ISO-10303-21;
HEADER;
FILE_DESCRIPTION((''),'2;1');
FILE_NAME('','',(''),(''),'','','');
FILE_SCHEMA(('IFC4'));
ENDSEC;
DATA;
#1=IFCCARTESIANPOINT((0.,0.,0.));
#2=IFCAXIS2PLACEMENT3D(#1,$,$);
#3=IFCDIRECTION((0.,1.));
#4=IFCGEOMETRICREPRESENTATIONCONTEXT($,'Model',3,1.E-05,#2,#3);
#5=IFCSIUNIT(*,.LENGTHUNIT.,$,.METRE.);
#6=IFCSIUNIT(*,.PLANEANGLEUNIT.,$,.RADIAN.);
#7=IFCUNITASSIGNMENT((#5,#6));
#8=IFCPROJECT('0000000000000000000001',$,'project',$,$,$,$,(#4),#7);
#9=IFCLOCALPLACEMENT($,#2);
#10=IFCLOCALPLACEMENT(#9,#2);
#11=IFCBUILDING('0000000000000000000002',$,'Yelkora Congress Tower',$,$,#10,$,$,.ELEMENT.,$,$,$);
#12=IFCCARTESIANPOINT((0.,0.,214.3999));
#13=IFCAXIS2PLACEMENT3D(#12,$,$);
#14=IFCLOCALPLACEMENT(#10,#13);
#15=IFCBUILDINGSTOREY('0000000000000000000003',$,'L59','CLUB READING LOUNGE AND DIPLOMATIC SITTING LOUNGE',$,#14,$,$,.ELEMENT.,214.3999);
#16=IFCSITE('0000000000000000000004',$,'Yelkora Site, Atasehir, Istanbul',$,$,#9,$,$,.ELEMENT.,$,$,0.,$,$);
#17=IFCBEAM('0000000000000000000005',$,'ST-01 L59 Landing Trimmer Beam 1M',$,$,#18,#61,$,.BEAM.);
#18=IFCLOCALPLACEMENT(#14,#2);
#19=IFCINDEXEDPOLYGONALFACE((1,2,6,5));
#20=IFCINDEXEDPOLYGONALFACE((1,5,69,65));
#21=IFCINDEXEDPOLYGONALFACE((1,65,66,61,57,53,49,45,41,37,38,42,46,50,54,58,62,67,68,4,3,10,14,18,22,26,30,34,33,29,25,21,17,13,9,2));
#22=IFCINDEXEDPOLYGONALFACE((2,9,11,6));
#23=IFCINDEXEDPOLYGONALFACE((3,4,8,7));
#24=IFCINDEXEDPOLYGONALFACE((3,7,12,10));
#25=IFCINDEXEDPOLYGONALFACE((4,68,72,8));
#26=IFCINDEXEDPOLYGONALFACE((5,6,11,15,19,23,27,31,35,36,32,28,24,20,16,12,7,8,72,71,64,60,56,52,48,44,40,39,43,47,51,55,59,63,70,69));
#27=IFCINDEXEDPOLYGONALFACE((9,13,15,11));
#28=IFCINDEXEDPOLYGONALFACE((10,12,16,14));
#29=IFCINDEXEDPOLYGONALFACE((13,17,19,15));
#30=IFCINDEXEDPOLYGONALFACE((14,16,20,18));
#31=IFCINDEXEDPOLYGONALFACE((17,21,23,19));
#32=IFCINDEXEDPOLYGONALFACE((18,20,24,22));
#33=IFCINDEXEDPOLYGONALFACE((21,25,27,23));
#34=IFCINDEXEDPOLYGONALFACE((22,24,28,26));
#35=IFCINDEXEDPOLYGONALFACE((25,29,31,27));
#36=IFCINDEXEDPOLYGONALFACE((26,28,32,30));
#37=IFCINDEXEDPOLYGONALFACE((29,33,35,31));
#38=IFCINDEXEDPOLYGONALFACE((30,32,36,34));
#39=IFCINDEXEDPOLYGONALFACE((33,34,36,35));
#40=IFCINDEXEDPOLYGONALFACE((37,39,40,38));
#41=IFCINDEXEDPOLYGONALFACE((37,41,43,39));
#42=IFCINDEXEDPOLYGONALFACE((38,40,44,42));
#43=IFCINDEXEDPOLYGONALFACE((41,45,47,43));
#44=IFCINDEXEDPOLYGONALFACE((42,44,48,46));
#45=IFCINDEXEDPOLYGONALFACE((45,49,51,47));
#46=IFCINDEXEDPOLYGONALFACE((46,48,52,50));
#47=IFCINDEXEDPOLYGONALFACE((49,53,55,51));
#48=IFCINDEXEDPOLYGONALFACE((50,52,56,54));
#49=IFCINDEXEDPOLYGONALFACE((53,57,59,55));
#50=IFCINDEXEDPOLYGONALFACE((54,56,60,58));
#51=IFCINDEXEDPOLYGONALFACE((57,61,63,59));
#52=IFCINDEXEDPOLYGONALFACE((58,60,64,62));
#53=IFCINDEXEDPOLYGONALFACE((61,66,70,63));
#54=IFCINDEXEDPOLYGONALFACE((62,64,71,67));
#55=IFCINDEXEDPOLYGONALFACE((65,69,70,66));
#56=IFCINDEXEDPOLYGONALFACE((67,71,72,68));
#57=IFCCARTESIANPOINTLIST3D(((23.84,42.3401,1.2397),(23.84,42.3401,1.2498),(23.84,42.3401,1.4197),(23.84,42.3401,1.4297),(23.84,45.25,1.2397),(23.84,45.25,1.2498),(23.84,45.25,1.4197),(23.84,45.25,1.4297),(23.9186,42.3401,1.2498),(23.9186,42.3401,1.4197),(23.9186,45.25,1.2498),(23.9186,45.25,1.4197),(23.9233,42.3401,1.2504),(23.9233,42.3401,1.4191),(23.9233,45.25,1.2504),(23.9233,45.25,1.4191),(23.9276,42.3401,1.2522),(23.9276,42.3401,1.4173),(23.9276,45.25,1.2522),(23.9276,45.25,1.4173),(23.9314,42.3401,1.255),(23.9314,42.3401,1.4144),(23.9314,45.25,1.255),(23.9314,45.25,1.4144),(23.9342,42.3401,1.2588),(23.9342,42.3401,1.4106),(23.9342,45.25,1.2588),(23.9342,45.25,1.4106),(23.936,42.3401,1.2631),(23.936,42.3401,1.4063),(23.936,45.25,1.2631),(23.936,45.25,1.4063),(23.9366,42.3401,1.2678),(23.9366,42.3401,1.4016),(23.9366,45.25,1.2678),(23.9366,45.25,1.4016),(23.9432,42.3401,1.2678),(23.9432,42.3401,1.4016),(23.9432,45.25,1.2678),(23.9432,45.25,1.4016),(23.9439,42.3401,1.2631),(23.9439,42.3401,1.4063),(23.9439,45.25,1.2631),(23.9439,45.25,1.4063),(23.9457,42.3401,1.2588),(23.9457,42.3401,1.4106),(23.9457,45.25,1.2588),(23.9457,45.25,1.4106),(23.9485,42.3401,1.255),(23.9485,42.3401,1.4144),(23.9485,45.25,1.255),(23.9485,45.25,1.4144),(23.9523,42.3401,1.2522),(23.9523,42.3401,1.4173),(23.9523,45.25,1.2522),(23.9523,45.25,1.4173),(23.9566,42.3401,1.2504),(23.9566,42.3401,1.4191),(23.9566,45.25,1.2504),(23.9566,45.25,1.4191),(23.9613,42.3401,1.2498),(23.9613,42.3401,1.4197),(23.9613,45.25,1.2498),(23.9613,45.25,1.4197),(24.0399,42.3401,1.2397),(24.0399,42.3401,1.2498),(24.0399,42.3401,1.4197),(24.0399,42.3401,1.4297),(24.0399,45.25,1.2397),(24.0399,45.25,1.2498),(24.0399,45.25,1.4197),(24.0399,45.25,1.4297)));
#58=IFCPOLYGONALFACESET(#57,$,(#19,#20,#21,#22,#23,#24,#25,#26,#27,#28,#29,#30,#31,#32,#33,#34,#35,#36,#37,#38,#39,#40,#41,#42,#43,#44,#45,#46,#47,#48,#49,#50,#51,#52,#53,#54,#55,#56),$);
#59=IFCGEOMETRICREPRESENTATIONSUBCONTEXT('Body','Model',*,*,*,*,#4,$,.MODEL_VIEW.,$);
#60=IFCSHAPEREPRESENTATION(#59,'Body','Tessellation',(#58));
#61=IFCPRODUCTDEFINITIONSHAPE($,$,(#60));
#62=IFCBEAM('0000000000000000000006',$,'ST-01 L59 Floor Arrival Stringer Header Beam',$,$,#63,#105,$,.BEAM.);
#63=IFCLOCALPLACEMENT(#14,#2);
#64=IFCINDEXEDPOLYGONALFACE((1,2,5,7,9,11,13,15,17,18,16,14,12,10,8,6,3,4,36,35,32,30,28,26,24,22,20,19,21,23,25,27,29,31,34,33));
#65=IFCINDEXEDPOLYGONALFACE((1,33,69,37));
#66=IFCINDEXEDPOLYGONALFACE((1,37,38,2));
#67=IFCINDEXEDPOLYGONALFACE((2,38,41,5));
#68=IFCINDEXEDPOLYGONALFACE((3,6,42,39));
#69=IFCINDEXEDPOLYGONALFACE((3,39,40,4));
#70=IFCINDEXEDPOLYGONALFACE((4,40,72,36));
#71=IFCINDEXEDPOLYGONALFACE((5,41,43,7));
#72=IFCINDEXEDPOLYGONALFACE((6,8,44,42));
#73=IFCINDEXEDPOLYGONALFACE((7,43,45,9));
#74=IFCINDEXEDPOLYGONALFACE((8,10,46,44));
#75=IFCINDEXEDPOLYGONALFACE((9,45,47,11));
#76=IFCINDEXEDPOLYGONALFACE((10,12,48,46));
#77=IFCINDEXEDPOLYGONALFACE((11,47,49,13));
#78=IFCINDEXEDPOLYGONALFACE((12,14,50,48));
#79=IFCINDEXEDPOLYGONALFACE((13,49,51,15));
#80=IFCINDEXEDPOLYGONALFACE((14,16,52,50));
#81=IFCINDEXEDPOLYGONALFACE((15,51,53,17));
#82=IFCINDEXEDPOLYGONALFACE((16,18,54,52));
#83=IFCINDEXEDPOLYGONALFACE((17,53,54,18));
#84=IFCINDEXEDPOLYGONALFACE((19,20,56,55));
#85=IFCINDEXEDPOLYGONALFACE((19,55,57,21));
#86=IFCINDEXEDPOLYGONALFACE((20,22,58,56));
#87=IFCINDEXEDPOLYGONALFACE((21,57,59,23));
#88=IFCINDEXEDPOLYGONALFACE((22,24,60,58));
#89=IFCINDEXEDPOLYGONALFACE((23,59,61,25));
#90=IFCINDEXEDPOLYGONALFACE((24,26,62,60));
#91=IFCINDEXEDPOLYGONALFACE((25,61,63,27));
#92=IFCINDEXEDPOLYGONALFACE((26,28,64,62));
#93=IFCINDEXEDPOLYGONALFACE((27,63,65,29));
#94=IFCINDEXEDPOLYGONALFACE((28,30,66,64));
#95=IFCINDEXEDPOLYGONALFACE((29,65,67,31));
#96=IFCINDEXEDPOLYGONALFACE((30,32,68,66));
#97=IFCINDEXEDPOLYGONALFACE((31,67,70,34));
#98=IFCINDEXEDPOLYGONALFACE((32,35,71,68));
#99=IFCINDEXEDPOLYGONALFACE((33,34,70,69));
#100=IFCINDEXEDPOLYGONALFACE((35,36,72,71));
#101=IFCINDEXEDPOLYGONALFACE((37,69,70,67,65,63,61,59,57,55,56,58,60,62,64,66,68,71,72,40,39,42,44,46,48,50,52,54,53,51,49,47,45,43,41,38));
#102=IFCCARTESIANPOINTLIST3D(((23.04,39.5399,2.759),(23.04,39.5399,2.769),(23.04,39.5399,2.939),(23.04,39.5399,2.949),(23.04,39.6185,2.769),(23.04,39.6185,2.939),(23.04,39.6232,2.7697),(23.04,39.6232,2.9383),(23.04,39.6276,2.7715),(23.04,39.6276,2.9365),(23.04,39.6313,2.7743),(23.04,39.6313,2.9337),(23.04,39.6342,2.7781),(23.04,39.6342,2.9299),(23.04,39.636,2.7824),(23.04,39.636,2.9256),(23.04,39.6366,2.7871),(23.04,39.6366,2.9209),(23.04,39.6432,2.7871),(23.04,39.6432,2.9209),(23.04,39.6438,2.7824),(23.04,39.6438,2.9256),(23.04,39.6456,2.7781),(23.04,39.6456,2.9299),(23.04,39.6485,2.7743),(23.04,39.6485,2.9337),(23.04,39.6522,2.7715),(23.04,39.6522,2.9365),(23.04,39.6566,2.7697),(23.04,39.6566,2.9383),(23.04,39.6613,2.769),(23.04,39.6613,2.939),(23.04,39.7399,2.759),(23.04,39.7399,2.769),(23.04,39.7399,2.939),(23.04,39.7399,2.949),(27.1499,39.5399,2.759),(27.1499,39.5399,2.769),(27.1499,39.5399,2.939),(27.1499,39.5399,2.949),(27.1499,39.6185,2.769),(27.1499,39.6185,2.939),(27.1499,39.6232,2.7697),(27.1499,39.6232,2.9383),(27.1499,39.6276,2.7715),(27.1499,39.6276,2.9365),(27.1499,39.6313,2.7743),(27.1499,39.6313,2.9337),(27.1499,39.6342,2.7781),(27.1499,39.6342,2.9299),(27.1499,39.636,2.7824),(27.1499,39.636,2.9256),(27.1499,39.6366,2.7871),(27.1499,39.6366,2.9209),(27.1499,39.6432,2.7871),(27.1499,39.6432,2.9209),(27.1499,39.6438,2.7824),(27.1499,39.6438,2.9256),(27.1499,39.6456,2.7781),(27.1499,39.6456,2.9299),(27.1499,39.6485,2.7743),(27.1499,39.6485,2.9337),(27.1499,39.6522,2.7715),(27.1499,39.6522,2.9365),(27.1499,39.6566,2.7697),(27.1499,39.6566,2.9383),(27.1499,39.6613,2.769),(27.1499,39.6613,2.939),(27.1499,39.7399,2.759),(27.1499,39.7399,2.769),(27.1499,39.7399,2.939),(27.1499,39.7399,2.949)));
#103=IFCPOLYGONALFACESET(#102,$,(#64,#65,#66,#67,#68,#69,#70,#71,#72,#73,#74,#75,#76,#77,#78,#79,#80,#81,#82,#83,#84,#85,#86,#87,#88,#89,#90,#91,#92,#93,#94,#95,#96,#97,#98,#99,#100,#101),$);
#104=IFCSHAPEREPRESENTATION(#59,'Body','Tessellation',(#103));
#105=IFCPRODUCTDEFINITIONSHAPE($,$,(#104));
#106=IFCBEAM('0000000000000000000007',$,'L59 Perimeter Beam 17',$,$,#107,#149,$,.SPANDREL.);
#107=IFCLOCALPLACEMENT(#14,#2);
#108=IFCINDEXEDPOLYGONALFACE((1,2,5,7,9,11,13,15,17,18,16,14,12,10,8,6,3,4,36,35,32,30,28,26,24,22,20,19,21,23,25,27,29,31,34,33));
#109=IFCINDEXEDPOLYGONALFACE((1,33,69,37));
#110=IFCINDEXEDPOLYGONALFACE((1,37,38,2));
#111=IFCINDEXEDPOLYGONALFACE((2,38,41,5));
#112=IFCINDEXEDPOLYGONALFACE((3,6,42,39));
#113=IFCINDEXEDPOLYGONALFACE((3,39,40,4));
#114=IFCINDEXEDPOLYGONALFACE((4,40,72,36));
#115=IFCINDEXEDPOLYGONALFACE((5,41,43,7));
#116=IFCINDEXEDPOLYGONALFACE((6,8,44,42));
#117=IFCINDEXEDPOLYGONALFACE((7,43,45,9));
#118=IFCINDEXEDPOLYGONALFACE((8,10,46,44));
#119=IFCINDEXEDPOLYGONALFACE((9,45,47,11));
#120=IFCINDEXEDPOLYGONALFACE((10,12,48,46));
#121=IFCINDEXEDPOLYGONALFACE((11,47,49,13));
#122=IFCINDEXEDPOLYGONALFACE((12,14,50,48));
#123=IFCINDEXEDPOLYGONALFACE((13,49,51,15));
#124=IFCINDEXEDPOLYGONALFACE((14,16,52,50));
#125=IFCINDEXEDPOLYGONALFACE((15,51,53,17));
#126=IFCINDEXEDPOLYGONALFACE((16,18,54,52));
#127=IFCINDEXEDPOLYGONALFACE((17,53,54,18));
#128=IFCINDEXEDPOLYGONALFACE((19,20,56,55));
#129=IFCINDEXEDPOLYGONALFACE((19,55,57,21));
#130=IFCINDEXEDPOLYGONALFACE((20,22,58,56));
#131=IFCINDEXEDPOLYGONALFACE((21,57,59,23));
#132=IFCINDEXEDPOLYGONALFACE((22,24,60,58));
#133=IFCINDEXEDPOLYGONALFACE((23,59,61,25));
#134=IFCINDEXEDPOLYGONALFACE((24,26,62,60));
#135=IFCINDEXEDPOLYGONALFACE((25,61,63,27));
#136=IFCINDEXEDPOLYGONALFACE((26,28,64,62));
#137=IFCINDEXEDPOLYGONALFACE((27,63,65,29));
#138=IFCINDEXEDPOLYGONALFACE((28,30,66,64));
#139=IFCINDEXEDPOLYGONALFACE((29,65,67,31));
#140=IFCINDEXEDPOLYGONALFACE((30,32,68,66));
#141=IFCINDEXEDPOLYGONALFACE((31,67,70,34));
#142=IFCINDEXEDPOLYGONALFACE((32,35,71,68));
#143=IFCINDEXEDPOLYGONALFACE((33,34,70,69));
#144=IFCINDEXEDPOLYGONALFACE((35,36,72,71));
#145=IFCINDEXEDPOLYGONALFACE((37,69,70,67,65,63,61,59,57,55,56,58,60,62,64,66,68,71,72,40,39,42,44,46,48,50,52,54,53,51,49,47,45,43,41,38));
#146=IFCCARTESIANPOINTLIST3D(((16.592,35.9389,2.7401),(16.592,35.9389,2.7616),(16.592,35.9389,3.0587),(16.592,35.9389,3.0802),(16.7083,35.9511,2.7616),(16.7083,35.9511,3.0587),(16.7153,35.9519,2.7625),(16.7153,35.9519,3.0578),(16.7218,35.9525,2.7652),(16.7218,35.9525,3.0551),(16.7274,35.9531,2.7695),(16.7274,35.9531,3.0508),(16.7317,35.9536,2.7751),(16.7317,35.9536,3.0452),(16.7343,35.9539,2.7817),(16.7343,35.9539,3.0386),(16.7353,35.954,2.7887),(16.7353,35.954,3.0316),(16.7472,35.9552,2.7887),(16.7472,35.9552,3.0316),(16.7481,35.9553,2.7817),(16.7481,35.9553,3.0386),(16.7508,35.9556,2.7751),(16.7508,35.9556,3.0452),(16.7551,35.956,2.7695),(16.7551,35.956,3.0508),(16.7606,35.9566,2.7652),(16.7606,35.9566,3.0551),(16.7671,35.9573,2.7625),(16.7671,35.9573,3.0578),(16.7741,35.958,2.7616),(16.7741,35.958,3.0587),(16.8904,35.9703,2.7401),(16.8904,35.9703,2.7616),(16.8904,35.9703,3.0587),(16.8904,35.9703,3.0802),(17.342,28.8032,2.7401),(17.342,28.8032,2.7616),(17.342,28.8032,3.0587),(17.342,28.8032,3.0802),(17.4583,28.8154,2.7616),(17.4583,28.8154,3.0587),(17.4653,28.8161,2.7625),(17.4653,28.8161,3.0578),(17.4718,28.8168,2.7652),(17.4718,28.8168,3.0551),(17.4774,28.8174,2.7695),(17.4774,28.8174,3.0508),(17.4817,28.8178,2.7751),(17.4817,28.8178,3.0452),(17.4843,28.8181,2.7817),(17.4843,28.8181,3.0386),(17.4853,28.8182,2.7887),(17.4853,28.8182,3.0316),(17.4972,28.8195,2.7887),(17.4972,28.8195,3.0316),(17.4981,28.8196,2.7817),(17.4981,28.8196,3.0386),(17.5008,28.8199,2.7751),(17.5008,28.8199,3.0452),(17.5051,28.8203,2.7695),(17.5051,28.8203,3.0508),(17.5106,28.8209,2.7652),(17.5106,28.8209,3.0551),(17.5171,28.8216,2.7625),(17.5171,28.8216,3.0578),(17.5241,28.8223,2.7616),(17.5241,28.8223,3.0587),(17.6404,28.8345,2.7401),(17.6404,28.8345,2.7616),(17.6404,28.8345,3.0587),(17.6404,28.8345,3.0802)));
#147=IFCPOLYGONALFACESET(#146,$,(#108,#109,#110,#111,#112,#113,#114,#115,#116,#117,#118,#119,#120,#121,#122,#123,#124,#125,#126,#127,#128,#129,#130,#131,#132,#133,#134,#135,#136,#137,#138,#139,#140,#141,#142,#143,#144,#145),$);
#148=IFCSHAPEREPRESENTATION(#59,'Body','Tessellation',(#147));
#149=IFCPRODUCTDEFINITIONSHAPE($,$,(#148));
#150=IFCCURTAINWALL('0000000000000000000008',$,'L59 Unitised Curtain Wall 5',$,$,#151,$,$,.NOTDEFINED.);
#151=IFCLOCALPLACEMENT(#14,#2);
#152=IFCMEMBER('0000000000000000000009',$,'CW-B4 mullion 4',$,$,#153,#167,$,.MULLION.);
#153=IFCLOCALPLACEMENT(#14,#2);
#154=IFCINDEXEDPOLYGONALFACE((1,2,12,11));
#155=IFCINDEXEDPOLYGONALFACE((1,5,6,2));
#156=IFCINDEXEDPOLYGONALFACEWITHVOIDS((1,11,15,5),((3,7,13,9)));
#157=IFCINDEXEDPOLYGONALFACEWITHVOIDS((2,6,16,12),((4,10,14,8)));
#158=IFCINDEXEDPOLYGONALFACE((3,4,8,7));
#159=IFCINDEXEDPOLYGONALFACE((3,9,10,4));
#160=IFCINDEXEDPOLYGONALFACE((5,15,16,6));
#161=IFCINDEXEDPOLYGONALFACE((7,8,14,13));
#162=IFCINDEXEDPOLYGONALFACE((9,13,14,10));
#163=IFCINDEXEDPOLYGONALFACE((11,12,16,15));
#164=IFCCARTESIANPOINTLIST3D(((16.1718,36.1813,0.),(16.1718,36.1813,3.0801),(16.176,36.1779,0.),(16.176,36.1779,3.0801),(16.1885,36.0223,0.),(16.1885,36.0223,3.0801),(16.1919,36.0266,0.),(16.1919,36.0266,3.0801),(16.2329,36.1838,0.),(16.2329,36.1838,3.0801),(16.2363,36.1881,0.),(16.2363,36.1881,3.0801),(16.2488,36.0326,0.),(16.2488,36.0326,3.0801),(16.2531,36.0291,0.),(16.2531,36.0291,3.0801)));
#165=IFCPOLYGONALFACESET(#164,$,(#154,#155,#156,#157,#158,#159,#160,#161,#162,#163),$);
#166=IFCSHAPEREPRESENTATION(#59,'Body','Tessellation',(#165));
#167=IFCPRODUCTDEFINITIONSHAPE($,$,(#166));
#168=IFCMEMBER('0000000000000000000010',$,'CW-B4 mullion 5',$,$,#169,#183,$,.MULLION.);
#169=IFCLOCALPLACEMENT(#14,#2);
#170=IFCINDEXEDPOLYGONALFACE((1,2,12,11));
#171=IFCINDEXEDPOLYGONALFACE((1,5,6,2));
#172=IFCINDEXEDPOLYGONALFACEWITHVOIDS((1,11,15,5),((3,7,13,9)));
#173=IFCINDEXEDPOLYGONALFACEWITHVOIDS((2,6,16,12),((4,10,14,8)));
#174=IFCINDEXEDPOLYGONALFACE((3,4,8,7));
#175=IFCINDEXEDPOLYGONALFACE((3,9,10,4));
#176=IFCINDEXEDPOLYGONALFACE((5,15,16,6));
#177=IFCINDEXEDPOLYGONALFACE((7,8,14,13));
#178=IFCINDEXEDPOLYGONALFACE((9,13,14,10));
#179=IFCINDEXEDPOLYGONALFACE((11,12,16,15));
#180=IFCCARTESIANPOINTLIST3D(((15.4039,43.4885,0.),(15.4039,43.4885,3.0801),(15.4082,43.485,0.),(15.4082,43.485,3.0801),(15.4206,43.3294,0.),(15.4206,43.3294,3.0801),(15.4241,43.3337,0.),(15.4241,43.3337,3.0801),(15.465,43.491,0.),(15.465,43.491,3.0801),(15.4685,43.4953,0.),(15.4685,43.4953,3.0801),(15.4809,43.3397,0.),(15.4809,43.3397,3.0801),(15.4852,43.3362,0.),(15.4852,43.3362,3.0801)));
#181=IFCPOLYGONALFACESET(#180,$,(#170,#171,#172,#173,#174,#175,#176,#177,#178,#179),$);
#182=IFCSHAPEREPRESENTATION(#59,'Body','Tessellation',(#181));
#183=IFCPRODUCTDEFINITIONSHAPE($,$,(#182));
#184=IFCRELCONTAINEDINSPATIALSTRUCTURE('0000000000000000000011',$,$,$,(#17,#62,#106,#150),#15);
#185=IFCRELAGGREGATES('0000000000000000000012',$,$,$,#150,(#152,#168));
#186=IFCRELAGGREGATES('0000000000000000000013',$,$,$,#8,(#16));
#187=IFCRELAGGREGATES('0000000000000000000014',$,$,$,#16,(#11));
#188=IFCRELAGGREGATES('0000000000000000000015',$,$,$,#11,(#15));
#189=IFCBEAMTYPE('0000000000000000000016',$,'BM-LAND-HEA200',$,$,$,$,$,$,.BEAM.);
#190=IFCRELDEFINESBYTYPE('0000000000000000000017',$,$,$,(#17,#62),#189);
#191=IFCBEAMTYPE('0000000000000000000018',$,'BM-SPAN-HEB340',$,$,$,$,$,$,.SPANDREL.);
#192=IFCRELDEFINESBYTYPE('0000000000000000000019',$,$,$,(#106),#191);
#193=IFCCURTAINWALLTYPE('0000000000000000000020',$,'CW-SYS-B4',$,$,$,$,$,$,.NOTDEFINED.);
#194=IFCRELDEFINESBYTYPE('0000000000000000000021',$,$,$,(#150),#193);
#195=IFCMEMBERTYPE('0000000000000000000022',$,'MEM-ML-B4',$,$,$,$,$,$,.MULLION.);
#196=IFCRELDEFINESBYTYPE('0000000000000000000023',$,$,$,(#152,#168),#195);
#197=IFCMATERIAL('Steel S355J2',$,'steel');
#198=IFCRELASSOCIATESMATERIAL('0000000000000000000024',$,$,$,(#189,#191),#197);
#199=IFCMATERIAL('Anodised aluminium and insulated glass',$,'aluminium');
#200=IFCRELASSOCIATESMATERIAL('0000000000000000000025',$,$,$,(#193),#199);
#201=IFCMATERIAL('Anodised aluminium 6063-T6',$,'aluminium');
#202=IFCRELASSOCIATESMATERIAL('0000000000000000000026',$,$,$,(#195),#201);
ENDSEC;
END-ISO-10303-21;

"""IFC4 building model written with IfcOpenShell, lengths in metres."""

from ifc_helpers import new_model, si_unit, direction, frame, origin, origin_2d, place, context, subcontext, project, spatial, hollow_rectangle, i_section, extrude, material, material_profile, profile_set, type_object, element, aggregate, save


model = new_model("IFC4")

# Units and contexts
model_context = context("Model", 3, precision=1e-05, world=origin(), true_north=direction((0.0, 1.0)))
body_context = subcontext(model_context, "Body", "Model", "MODEL_VIEW")
ifc_project = project(units=[si_unit("LENGTHUNIT", "METRE"), si_unit("PLANEANGLEUNIT", "RADIAN")], contexts=[model_context])

# Site, building, storey
site_placement = place(None, origin())
site = spatial("IfcSite", under=ifc_project, at=site_placement, Name="Yelkora Site, Atasehir, Istanbul", CompositionType="ELEMENT", RefElevation=0.0)
building_placement = place(site_placement, origin())
building = spatial("IfcBuilding", under=site, at=building_placement, Name="Yelkora Congress Tower", CompositionType="ELEMENT")
storey_placement = place(building_placement, frame((0.0, 0.0, 214.3999)))
storey = spatial("IfcBuildingStorey", under=building, at=storey_placement, Name="L59", Description="CLUB READING LOUNGE AND DIPLOMATIC SITTING LOUNGE", CompositionType="ELEMENT", Elevation=214.3999)

# Shared definitions
ifc_material_1 = material(Name="Steel S355J2", Category="steel")

# Beams
ifc_material_profile_1 = material_profile(ifc_material_1, i_section(OverallWidth=0.2, OverallDepth=0.1899, WebThickness=0.0066, FlangeThickness=0.01, FilletRadius=0.0181, at=origin_2d()), Name="HEA 200")
ifc_profile_set_1 = profile_set([ifc_material_profile_1], Name="Steel S355J2")
beam_type_1 = type_object("IfcBeamType", Name="BM-LAND-HEA200", PredefinedType="BEAM", material=ifc_profile_set_1)
beam_1_placement = place(storey_placement, frame((23.9399, 42.3401, 1.3347), z_axis=(0.0, 1.0, 0.0), x_axis=(-1.0, 0.0, 0.0)))
element("IfcBeam", 1, at=beam_1_placement, inside=storey, type_object=beam_type_1, Name="ST-01 L59 Landing Trimmer Beam 1M", PredefinedType="BEAM", context=body_context, shape_type="SweptSolid", body=[
    extrude(i_section(OverallWidth=0.2, OverallDepth=0.1899, WebThickness=0.0066, FlangeThickness=0.01, FilletRadius=0.0181, at=origin_2d()), origin(), (0.0, 0.0, 1.0), 2.9099),
])
beam_2_placement = place(storey_placement, frame((23.04, 39.6399, 2.854), z_axis=(1.0, 0.0, 0.0), x_axis=(0.0, 1.0, 0.0)))
element("IfcBeam", 2, at=beam_2_placement, inside=storey, type_object=beam_type_1, Name="ST-01 L59 Floor Arrival Stringer Header Beam", PredefinedType="BEAM", context=body_context, shape_type="SweptSolid", body=[
    extrude(i_section(OverallWidth=0.2, OverallDepth=0.1899, WebThickness=0.0066, FlangeThickness=0.01, FilletRadius=0.0181, at=origin_2d()), origin(), (0.0, 0.0, 1.0), 4.1099),
])
ifc_material_profile_2 = material_profile(ifc_material_1, i_section(OverallWidth=0.3, OverallDepth=0.3401, WebThickness=0.012, FlangeThickness=0.0215, FilletRadius=0.0271, at=origin_2d()), Name="HEB 340")
ifc_profile_set_2 = profile_set([ifc_material_profile_2], Name="Steel S355J2")
beam_type_2 = type_object("IfcBeamType", Name="BM-SPAN-HEB340", PredefinedType="SPANDREL", material=ifc_profile_set_2)
beam_3_placement = place(storey_placement, frame((16.7412, 35.9546, 2.9102), z_axis=(0.104529, -0.994522, 0.0), x_axis=(0.994522, 0.104529, 0.0)))
element("IfcBeam", 3, at=beam_3_placement, inside=storey, type_object=beam_type_2, Name="L59 Perimeter Beam 17", PredefinedType="SPANDREL", context=body_context, shape_type="SweptSolid", body=[
    extrude(i_section(OverallWidth=0.3, OverallDepth=0.3401, WebThickness=0.012, FlangeThickness=0.0215, FilletRadius=0.0271, at=origin_2d()), origin(), (0.0, 0.0, 1.0), 7.175),
])

# Curtain wall, members
ifc_material_2 = material(Name="Anodised aluminium and insulated glass", Category="aluminium")
curtain_wall_type = type_object("IfcCurtainWallType", Name="CW-SYS-B4", PredefinedType="NOTDEFINED", material=ifc_material_2)
curtain_wall_placement = place(storey_placement, origin())
curtain_wall = element("IfcCurtainWall", 4, at=curtain_wall_placement, inside=storey, type_object=curtain_wall_type, Name="L59 Unitised Curtain Wall 5", PredefinedType="NOTDEFINED")
ifc_material_3 = material(Name="Anodised aluminium 6063-T6", Category="aluminium")
ifc_material_profile_3 = material_profile(ifc_material_3, hollow_rectangle(XDim=0.0649, YDim=0.1599, WallThickness=0.0039, at=origin_2d()), Name="ALU 65x160x4")
ifc_profile_set_3 = profile_set([ifc_material_profile_3], Name="Anodised aluminium 6063-T6")
member_type_1 = type_object("IfcMemberType", Name="MEM-ML-B4", PredefinedType="MULLION", material=ifc_profile_set_3)
member_1_placement = place(storey_placement, frame((16.2124, 36.1052, 0.0), z_axis=(0.0, 0.0, 1.0), x_axis=(-0.994522, -0.104526, 0.0)))
member_1 = element("IfcMember", 5, at=member_1_placement, type_object=member_type_1, Name="CW-B4 mullion 4", PredefinedType="MULLION", context=body_context, shape_type="SweptSolid", body=[
    extrude(hollow_rectangle(XDim=0.0649, YDim=0.1599, WallThickness=0.0039, at=origin_2d()), origin(), (0.0, 0.0, 1.0), 3.0801),
])
member_2_placement = place(storey_placement, frame((15.4446, 43.4124, 0.0), z_axis=(0.0, 0.0, 1.0), x_axis=(-0.994522, -0.104526, 0.0)))
member_2 = element("IfcMember", 6, at=member_2_placement, type_object=member_type_1, Name="CW-B4 mullion 5", PredefinedType="MULLION", context=body_context, shape_type="SweptSolid", body=[
    extrude(hollow_rectangle(XDim=0.0649, YDim=0.1599, WallThickness=0.0039, at=origin_2d()), origin(), (0.0, 0.0, 1.0), 3.0801),
])
aggregate(curtain_wall, [member_1, member_2])

save(model, "model.ifc")
